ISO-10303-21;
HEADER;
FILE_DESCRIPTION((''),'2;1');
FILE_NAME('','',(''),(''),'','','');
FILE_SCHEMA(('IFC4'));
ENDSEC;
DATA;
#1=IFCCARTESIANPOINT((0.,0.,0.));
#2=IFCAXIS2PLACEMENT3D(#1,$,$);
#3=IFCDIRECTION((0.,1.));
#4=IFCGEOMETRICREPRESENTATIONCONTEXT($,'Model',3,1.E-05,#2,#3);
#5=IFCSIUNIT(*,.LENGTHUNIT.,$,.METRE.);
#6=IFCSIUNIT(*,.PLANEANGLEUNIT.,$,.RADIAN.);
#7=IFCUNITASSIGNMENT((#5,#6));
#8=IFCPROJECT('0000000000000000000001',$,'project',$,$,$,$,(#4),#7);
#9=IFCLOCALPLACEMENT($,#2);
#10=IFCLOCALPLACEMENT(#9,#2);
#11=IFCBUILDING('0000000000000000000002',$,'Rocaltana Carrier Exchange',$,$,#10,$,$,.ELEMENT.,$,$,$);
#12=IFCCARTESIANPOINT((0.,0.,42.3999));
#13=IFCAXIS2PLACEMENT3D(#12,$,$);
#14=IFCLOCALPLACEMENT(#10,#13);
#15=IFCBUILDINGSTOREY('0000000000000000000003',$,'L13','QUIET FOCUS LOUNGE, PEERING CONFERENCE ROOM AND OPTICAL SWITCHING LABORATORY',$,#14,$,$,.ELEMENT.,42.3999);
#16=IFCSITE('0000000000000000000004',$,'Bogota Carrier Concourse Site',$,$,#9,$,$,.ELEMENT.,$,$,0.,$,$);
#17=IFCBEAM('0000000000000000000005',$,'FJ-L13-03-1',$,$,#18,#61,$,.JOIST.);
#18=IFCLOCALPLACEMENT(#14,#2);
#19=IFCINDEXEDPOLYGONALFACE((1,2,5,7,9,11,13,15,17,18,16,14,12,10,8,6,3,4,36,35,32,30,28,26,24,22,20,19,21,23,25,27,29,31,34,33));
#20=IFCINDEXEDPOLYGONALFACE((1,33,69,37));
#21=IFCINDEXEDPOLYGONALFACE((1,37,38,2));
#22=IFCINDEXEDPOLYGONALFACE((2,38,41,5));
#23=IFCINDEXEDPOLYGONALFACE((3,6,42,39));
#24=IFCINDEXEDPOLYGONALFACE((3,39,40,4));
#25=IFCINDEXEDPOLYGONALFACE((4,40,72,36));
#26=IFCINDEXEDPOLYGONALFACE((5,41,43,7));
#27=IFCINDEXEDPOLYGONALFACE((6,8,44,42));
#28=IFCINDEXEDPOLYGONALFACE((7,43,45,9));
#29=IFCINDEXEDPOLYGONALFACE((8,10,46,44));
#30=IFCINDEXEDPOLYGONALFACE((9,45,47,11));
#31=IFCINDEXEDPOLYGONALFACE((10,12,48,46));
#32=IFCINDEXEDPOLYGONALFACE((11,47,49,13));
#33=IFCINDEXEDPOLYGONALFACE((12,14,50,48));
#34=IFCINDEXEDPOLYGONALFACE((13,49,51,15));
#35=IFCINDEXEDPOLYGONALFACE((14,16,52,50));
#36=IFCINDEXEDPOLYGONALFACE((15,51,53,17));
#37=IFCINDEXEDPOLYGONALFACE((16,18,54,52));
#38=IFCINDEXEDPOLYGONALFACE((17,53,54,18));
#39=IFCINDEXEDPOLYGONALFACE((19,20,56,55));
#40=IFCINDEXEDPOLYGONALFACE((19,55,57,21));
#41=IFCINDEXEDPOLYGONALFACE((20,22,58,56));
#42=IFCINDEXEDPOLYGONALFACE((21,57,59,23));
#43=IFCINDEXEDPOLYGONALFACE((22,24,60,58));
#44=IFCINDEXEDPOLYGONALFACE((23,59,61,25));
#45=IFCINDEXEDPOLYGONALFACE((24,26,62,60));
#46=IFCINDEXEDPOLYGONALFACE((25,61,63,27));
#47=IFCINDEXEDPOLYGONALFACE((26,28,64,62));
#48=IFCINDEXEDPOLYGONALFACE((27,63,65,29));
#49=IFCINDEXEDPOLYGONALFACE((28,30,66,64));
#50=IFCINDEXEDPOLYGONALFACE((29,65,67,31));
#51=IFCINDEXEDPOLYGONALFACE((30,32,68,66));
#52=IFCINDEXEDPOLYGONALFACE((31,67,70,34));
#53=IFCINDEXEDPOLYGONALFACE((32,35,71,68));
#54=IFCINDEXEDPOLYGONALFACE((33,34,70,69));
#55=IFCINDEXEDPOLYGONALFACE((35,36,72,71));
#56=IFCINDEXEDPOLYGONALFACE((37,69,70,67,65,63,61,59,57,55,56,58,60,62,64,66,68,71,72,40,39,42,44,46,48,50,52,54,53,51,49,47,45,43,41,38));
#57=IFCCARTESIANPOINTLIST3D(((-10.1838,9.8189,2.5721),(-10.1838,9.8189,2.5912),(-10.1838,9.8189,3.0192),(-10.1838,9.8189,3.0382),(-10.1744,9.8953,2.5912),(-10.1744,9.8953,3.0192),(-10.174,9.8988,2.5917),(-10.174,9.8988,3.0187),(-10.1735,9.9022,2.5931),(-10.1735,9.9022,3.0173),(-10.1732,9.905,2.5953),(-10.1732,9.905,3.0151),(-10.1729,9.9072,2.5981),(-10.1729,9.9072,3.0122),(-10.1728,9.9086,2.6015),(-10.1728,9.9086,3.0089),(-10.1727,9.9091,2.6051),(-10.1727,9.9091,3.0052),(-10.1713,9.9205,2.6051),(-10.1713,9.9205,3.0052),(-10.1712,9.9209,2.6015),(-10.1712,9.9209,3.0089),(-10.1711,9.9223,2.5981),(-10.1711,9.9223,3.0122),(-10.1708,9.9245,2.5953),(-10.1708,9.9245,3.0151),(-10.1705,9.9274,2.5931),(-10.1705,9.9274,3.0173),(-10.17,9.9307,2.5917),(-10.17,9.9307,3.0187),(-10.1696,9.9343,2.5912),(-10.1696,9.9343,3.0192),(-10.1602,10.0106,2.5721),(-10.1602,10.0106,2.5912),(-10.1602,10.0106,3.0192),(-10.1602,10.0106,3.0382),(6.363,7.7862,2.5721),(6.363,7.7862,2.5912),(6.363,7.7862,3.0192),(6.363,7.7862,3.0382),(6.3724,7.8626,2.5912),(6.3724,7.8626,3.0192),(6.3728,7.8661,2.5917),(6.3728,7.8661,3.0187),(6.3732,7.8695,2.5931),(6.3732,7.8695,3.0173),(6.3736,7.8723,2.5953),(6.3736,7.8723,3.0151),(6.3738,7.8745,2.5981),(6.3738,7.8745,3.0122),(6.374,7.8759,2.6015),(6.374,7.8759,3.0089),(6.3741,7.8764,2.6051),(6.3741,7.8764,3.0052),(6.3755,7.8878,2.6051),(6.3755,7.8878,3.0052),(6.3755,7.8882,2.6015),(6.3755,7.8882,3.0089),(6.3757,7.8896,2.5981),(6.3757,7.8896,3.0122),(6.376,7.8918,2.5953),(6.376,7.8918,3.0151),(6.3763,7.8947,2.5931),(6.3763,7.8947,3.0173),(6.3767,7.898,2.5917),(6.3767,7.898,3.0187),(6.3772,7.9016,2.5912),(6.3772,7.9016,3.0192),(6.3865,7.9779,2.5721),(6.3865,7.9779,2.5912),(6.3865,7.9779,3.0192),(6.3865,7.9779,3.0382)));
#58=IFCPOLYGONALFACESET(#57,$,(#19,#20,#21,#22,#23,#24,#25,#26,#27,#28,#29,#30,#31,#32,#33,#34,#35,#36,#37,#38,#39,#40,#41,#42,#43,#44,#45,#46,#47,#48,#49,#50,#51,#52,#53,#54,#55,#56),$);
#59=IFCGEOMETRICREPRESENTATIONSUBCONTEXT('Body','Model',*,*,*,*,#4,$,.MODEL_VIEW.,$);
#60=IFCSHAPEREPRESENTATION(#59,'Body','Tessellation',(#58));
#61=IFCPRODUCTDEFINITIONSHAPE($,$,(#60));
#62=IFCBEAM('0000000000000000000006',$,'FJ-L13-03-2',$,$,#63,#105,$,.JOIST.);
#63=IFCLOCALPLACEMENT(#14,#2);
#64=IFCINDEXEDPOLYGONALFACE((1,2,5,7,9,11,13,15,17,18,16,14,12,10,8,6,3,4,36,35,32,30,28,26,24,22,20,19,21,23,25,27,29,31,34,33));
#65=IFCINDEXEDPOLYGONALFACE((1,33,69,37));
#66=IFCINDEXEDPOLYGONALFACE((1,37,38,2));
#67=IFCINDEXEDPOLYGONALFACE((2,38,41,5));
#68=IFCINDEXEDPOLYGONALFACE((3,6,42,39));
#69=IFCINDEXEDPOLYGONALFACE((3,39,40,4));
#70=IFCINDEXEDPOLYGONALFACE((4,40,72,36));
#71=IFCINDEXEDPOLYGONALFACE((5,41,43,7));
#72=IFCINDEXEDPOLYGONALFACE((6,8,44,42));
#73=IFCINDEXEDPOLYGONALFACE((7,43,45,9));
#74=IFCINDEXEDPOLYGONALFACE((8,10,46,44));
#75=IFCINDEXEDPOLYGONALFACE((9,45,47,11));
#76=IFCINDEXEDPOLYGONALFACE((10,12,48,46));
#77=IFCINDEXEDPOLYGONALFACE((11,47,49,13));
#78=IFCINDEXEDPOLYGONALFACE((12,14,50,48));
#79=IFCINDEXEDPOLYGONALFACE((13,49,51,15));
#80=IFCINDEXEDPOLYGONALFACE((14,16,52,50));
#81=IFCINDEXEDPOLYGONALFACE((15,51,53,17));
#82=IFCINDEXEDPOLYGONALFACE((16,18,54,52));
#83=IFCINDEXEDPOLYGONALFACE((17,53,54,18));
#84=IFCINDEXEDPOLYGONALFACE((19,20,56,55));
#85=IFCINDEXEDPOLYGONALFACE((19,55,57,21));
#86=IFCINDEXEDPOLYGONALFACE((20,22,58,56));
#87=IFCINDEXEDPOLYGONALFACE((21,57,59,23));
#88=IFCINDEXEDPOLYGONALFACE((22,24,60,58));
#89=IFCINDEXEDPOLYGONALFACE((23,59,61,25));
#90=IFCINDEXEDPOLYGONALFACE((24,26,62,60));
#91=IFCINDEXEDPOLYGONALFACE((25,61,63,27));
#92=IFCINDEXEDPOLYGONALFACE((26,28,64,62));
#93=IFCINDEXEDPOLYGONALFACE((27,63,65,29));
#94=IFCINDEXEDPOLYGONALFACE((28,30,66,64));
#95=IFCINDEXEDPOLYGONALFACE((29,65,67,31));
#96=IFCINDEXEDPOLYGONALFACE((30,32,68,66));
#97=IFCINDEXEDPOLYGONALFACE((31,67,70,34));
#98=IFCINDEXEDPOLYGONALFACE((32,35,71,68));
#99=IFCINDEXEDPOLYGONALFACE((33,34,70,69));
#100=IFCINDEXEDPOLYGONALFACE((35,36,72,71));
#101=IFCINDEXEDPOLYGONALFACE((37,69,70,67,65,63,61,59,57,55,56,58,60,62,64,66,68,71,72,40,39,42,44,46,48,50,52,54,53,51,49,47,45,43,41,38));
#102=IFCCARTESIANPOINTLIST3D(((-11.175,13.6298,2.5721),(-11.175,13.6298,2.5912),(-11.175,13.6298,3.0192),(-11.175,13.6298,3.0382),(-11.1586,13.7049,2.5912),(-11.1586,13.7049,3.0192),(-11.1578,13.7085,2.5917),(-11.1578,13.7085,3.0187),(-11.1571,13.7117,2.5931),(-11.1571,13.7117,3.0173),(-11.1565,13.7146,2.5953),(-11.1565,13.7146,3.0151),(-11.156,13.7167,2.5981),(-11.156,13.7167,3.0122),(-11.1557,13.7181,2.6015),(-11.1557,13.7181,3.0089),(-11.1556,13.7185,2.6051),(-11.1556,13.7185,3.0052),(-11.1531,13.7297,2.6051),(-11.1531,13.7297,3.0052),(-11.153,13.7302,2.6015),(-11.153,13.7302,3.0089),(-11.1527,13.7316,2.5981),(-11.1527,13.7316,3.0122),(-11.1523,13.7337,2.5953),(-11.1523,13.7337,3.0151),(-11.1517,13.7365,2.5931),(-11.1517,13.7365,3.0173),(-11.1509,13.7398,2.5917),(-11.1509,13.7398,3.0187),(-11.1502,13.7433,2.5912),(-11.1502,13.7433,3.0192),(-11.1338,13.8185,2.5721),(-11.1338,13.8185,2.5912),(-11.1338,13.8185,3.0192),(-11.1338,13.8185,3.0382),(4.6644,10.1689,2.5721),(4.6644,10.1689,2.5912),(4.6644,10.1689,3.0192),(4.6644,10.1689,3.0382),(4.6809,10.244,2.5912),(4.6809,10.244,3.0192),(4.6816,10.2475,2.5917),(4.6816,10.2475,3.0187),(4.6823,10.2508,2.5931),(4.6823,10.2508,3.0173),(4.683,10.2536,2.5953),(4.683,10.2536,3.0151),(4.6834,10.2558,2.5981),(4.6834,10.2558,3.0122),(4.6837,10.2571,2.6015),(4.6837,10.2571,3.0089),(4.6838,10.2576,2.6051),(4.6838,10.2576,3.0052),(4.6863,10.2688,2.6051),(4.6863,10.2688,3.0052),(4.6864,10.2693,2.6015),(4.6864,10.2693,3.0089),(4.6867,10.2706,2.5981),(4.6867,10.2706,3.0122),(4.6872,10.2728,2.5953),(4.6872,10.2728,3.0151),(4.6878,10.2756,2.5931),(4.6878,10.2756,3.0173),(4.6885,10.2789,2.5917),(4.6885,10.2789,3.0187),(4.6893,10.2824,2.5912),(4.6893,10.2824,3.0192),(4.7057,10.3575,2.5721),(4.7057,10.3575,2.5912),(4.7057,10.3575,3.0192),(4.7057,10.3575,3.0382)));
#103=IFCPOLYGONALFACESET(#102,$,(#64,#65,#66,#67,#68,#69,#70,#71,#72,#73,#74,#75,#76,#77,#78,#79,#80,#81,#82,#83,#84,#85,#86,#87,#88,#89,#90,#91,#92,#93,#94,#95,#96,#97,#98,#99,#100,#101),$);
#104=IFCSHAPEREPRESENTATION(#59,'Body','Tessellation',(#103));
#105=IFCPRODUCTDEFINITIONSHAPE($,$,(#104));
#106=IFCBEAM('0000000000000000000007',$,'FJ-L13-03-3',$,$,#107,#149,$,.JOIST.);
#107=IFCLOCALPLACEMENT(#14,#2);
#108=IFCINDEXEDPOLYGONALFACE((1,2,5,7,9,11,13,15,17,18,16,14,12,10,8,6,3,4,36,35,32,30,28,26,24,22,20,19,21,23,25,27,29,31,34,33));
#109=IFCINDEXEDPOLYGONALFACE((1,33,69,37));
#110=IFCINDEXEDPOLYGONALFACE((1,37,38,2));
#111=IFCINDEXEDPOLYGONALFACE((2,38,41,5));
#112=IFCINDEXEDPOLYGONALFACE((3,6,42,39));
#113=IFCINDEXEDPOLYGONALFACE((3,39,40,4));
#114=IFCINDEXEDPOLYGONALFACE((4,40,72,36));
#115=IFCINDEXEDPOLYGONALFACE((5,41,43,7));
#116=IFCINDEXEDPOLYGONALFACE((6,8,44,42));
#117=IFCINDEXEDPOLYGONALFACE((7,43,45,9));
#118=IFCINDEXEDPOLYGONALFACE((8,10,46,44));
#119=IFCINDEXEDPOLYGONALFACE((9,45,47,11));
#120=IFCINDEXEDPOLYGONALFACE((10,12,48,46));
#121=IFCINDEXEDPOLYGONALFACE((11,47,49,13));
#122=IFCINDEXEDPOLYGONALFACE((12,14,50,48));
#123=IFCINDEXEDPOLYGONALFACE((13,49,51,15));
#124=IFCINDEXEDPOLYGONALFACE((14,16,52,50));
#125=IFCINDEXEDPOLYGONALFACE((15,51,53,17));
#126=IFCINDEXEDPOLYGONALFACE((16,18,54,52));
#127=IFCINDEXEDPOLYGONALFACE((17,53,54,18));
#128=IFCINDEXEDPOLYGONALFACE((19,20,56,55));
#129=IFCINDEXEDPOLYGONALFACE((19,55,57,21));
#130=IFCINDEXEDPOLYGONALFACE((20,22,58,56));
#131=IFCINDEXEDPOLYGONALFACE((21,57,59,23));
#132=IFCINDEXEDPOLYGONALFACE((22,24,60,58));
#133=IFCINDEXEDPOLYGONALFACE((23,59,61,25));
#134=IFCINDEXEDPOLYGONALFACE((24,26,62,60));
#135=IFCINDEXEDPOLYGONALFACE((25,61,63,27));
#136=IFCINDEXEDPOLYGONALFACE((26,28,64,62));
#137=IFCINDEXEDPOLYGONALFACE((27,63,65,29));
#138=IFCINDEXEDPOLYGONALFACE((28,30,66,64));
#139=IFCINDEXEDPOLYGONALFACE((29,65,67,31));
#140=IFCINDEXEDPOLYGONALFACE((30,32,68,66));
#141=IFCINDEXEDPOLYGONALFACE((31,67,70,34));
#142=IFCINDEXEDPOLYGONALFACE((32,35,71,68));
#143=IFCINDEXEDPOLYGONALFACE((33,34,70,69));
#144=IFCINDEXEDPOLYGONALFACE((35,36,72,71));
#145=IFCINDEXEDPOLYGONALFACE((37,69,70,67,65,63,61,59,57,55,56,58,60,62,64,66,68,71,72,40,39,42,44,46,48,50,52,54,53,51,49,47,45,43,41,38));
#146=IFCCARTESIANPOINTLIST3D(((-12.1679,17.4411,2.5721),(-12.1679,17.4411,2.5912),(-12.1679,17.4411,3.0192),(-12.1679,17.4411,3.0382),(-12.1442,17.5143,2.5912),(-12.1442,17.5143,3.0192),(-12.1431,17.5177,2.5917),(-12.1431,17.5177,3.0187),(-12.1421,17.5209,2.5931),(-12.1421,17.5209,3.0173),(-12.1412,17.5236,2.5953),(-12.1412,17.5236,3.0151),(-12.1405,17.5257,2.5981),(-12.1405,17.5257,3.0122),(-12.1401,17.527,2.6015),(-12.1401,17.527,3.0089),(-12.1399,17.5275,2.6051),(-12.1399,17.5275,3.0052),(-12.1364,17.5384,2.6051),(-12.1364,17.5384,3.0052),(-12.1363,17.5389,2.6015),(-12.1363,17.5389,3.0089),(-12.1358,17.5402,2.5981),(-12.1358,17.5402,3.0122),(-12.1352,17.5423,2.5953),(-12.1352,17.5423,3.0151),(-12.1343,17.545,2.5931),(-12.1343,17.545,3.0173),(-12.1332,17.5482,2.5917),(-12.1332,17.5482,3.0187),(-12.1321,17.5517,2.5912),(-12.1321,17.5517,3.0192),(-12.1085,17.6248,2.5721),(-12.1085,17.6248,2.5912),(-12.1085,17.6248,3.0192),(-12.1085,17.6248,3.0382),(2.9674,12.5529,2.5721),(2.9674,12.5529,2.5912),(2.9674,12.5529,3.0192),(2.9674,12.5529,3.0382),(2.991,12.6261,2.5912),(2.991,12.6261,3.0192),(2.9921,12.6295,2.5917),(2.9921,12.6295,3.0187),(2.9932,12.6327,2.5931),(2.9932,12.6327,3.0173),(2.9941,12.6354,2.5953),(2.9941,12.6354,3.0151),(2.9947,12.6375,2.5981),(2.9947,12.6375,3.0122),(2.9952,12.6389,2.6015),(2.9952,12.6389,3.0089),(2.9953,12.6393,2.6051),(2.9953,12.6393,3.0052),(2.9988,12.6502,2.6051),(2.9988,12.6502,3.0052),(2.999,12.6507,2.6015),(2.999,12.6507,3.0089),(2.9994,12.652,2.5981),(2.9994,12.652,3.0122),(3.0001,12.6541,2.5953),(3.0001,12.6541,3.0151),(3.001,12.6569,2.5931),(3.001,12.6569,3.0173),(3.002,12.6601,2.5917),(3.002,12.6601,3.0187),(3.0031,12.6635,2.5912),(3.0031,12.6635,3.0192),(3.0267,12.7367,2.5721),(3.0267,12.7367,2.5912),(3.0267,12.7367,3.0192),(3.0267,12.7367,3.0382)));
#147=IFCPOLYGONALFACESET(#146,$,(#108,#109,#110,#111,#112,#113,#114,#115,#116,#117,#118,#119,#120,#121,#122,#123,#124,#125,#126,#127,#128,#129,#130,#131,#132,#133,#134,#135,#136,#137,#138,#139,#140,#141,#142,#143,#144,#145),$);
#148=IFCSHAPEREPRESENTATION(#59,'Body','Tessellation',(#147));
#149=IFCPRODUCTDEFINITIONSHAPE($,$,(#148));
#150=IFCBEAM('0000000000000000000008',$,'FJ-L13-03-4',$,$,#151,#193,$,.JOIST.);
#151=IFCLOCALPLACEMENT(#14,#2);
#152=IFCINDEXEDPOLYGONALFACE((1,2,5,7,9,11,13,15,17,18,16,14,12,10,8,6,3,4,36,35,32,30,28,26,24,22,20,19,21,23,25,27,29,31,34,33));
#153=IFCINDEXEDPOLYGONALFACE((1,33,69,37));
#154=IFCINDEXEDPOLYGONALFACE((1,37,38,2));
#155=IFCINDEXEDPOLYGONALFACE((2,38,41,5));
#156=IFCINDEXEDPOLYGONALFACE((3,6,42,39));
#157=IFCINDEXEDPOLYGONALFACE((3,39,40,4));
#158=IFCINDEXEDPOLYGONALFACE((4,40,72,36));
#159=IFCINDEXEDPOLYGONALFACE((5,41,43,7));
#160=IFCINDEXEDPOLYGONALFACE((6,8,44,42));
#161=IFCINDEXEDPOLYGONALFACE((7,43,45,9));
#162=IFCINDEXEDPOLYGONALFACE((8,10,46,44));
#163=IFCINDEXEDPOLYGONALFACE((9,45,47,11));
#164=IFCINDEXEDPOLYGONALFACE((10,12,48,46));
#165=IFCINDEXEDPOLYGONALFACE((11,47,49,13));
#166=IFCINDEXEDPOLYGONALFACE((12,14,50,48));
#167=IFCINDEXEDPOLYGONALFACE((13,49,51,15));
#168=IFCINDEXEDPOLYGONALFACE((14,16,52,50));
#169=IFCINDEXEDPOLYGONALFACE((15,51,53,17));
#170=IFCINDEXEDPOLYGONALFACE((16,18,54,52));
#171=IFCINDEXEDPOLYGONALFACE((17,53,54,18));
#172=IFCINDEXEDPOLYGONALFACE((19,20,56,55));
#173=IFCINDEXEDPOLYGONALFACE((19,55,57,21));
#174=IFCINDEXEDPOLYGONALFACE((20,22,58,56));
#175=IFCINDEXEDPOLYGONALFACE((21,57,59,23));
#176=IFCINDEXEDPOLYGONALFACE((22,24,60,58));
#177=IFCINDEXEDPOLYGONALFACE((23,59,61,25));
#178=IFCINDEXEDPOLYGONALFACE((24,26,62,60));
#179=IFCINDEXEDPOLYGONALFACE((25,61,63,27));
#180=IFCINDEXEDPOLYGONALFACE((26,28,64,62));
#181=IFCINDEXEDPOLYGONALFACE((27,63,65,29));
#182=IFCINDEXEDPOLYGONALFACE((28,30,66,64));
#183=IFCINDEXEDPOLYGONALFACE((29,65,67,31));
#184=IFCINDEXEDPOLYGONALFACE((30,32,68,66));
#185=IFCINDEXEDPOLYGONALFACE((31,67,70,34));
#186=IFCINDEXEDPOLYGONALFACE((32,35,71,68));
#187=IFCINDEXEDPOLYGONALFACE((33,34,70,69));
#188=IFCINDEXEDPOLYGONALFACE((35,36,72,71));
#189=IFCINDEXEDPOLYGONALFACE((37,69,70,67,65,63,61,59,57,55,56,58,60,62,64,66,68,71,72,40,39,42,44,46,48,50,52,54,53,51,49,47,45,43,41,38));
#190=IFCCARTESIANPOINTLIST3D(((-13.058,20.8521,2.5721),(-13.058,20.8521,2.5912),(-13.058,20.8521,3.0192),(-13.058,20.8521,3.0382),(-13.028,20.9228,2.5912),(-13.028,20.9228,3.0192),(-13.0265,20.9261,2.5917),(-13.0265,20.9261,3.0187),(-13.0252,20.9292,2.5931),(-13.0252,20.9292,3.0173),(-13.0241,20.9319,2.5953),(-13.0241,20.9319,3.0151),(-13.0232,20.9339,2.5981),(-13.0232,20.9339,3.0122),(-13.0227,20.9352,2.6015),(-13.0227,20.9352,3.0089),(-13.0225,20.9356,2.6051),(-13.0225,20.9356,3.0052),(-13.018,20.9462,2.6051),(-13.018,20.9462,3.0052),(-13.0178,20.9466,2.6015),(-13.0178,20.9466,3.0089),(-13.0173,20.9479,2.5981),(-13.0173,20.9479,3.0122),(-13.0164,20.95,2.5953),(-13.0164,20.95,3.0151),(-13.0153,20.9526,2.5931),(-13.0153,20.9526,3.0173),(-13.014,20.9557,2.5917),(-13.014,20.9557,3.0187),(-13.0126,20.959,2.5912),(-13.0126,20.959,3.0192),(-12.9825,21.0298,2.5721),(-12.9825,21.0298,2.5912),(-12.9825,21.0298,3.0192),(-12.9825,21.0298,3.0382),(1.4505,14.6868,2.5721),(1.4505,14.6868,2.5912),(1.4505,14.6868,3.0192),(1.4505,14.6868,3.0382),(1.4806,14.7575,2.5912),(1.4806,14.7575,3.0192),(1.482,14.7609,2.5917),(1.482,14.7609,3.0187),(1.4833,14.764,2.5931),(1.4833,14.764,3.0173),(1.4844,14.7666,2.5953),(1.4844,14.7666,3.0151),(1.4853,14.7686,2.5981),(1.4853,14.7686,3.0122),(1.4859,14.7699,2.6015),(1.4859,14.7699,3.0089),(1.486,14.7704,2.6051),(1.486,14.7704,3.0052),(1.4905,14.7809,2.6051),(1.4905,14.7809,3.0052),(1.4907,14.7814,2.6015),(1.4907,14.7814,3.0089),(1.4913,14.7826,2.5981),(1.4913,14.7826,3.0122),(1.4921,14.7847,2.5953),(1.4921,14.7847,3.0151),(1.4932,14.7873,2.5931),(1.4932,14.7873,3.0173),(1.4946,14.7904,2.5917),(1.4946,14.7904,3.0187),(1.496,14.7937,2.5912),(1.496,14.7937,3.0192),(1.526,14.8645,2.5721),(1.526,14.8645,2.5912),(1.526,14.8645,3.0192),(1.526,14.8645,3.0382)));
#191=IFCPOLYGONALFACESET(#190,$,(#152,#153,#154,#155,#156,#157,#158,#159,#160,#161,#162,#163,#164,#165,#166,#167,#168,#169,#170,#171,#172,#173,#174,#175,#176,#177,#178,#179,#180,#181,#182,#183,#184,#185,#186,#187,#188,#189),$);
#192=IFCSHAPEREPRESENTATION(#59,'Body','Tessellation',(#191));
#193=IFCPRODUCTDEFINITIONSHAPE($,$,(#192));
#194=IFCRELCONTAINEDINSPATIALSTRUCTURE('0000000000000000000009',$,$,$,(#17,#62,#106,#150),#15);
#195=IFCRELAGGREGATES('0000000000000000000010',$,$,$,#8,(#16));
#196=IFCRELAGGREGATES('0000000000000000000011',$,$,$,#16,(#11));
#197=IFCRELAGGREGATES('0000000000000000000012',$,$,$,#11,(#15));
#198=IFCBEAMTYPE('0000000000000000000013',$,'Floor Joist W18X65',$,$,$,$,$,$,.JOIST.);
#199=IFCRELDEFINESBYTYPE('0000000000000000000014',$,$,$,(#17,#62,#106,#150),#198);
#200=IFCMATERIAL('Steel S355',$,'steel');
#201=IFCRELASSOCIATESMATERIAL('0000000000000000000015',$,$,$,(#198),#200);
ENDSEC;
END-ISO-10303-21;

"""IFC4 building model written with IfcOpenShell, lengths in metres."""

from ifc_helpers import new_model, si_unit, direction, frame, origin, origin_2d, place, context, subcontext, project, spatial, i_section, extrude, material, material_profile, profile_set, type_object, element, save


model = new_model("IFC4")

# Units and contexts
model_context = context("Model", 3, precision=1e-05, world=origin(), true_north=direction((0.0, 1.0)))
body_context = subcontext(model_context, "Body", "Model", "MODEL_VIEW")
ifc_project = project(units=[si_unit("LENGTHUNIT", "METRE"), si_unit("PLANEANGLEUNIT", "RADIAN")], contexts=[model_context])

# Site, building, storey
site_placement = place(None, origin())
site = spatial("IfcSite", under=ifc_project, at=site_placement, Name="Bogota Carrier Concourse Site", CompositionType="ELEMENT", RefElevation=0.0)
building_placement = place(site_placement, origin())
building = spatial("IfcBuilding", under=site, at=building_placement, Name="Rocaltana Carrier Exchange", CompositionType="ELEMENT")
storey_placement = place(building_placement, frame((0.0, 0.0, 42.3999)))
storey = spatial("IfcBuildingStorey", under=building, at=storey_placement, Name="L13", Description="QUIET FOCUS LOUNGE, PEERING CONFERENCE ROOM AND OPTICAL SWITCHING LABORATORY", CompositionType="ELEMENT", Elevation=42.3999)

# Beams
ifc_material_1 = material(Name="Steel S355", Category="steel")
ifc_material_profile_1 = material_profile(ifc_material_1, i_section(OverallWidth=0.1931, OverallDepth=0.4661, WebThickness=0.0115, FlangeThickness=0.019, FilletRadius=0.0139, at=origin_2d()), Name="W18X65")
ifc_profile_set_1 = profile_set([ifc_material_profile_1], Name="Steel S355")
beam_type_1 = type_object("IfcBeamType", Name="Floor Joist W18X65", PredefinedType="JOIST", material=ifc_profile_set_1)
beam_1_placement = place(storey_placement, frame((6.3748, 7.8821, 2.8052), z_axis=(-0.992539, 0.121929, 0.0), x_axis=(-0.121929, -0.992539, 0.0)))
element("IfcBeam", 1, at=beam_1_placement, inside=storey, type_object=beam_type_1, Name="FJ-L13-03-1", PredefinedType="JOIST", context=body_context, shape_type="SweptSolid", body=[
    extrude(i_section(OverallWidth=0.1931, OverallDepth=0.4661, WebThickness=0.0115, FlangeThickness=0.019, FilletRadius=0.0139, at=origin_2d()), origin(), (0.0, 0.0, 1.0), 16.6711),
])
beam_2_placement = place(storey_placement, frame((4.6851, 10.2632, 2.8052), z_axis=(-0.97695, 0.213466, 0.0), x_axis=(-0.213466, -0.97695, 0.0)))
element("IfcBeam", 2, at=beam_2_placement, inside=storey, type_object=beam_type_1, Name="FJ-L13-03-2", PredefinedType="JOIST", context=body_context, shape_type="SweptSolid", body=[
    extrude(i_section(OverallWidth=0.1931, OverallDepth=0.4661, WebThickness=0.0115, FlangeThickness=0.019, FilletRadius=0.0139, at=origin_2d()), origin(), (0.0, 0.0, 1.0), 16.2131),
])
beam_3_placement = place(storey_placement, frame((2.9971, 12.6448, 2.8052), z_axis=(-0.951601, 0.307336, 0.0), x_axis=(-0.307336, -0.951601, 0.0)))
element("IfcBeam", 3, at=beam_3_placement, inside=storey, type_object=beam_type_1, Name="FJ-L13-03-3", PredefinedType="JOIST", context=body_context, shape_type="SweptSolid", body=[
    extrude(i_section(OverallWidth=0.1931, OverallDepth=0.4661, WebThickness=0.0115, FlangeThickness=0.019, FilletRadius=0.0139, at=origin_2d()), origin(), (0.0, 0.0, 1.0), 15.905),
])
beam_4_placement = place(storey_placement, frame((1.4883, 14.7756, 2.8052), z_axis=(-0.92035, 0.391095, 0.0), x_axis=(-0.391095, -0.92035, 0.0)))
element("IfcBeam", 4, at=beam_4_placement, inside=storey, type_object=beam_type_1, Name="FJ-L13-03-4", PredefinedType="JOIST", context=body_context, shape_type="SweptSolid", body=[
    extrude(i_section(OverallWidth=0.1931, OverallDepth=0.4661, WebThickness=0.0115, FlangeThickness=0.019, FilletRadius=0.0139, at=origin_2d()), origin(), (0.0, 0.0, 1.0), 15.7642),
])

save(model, "model.ifc")
